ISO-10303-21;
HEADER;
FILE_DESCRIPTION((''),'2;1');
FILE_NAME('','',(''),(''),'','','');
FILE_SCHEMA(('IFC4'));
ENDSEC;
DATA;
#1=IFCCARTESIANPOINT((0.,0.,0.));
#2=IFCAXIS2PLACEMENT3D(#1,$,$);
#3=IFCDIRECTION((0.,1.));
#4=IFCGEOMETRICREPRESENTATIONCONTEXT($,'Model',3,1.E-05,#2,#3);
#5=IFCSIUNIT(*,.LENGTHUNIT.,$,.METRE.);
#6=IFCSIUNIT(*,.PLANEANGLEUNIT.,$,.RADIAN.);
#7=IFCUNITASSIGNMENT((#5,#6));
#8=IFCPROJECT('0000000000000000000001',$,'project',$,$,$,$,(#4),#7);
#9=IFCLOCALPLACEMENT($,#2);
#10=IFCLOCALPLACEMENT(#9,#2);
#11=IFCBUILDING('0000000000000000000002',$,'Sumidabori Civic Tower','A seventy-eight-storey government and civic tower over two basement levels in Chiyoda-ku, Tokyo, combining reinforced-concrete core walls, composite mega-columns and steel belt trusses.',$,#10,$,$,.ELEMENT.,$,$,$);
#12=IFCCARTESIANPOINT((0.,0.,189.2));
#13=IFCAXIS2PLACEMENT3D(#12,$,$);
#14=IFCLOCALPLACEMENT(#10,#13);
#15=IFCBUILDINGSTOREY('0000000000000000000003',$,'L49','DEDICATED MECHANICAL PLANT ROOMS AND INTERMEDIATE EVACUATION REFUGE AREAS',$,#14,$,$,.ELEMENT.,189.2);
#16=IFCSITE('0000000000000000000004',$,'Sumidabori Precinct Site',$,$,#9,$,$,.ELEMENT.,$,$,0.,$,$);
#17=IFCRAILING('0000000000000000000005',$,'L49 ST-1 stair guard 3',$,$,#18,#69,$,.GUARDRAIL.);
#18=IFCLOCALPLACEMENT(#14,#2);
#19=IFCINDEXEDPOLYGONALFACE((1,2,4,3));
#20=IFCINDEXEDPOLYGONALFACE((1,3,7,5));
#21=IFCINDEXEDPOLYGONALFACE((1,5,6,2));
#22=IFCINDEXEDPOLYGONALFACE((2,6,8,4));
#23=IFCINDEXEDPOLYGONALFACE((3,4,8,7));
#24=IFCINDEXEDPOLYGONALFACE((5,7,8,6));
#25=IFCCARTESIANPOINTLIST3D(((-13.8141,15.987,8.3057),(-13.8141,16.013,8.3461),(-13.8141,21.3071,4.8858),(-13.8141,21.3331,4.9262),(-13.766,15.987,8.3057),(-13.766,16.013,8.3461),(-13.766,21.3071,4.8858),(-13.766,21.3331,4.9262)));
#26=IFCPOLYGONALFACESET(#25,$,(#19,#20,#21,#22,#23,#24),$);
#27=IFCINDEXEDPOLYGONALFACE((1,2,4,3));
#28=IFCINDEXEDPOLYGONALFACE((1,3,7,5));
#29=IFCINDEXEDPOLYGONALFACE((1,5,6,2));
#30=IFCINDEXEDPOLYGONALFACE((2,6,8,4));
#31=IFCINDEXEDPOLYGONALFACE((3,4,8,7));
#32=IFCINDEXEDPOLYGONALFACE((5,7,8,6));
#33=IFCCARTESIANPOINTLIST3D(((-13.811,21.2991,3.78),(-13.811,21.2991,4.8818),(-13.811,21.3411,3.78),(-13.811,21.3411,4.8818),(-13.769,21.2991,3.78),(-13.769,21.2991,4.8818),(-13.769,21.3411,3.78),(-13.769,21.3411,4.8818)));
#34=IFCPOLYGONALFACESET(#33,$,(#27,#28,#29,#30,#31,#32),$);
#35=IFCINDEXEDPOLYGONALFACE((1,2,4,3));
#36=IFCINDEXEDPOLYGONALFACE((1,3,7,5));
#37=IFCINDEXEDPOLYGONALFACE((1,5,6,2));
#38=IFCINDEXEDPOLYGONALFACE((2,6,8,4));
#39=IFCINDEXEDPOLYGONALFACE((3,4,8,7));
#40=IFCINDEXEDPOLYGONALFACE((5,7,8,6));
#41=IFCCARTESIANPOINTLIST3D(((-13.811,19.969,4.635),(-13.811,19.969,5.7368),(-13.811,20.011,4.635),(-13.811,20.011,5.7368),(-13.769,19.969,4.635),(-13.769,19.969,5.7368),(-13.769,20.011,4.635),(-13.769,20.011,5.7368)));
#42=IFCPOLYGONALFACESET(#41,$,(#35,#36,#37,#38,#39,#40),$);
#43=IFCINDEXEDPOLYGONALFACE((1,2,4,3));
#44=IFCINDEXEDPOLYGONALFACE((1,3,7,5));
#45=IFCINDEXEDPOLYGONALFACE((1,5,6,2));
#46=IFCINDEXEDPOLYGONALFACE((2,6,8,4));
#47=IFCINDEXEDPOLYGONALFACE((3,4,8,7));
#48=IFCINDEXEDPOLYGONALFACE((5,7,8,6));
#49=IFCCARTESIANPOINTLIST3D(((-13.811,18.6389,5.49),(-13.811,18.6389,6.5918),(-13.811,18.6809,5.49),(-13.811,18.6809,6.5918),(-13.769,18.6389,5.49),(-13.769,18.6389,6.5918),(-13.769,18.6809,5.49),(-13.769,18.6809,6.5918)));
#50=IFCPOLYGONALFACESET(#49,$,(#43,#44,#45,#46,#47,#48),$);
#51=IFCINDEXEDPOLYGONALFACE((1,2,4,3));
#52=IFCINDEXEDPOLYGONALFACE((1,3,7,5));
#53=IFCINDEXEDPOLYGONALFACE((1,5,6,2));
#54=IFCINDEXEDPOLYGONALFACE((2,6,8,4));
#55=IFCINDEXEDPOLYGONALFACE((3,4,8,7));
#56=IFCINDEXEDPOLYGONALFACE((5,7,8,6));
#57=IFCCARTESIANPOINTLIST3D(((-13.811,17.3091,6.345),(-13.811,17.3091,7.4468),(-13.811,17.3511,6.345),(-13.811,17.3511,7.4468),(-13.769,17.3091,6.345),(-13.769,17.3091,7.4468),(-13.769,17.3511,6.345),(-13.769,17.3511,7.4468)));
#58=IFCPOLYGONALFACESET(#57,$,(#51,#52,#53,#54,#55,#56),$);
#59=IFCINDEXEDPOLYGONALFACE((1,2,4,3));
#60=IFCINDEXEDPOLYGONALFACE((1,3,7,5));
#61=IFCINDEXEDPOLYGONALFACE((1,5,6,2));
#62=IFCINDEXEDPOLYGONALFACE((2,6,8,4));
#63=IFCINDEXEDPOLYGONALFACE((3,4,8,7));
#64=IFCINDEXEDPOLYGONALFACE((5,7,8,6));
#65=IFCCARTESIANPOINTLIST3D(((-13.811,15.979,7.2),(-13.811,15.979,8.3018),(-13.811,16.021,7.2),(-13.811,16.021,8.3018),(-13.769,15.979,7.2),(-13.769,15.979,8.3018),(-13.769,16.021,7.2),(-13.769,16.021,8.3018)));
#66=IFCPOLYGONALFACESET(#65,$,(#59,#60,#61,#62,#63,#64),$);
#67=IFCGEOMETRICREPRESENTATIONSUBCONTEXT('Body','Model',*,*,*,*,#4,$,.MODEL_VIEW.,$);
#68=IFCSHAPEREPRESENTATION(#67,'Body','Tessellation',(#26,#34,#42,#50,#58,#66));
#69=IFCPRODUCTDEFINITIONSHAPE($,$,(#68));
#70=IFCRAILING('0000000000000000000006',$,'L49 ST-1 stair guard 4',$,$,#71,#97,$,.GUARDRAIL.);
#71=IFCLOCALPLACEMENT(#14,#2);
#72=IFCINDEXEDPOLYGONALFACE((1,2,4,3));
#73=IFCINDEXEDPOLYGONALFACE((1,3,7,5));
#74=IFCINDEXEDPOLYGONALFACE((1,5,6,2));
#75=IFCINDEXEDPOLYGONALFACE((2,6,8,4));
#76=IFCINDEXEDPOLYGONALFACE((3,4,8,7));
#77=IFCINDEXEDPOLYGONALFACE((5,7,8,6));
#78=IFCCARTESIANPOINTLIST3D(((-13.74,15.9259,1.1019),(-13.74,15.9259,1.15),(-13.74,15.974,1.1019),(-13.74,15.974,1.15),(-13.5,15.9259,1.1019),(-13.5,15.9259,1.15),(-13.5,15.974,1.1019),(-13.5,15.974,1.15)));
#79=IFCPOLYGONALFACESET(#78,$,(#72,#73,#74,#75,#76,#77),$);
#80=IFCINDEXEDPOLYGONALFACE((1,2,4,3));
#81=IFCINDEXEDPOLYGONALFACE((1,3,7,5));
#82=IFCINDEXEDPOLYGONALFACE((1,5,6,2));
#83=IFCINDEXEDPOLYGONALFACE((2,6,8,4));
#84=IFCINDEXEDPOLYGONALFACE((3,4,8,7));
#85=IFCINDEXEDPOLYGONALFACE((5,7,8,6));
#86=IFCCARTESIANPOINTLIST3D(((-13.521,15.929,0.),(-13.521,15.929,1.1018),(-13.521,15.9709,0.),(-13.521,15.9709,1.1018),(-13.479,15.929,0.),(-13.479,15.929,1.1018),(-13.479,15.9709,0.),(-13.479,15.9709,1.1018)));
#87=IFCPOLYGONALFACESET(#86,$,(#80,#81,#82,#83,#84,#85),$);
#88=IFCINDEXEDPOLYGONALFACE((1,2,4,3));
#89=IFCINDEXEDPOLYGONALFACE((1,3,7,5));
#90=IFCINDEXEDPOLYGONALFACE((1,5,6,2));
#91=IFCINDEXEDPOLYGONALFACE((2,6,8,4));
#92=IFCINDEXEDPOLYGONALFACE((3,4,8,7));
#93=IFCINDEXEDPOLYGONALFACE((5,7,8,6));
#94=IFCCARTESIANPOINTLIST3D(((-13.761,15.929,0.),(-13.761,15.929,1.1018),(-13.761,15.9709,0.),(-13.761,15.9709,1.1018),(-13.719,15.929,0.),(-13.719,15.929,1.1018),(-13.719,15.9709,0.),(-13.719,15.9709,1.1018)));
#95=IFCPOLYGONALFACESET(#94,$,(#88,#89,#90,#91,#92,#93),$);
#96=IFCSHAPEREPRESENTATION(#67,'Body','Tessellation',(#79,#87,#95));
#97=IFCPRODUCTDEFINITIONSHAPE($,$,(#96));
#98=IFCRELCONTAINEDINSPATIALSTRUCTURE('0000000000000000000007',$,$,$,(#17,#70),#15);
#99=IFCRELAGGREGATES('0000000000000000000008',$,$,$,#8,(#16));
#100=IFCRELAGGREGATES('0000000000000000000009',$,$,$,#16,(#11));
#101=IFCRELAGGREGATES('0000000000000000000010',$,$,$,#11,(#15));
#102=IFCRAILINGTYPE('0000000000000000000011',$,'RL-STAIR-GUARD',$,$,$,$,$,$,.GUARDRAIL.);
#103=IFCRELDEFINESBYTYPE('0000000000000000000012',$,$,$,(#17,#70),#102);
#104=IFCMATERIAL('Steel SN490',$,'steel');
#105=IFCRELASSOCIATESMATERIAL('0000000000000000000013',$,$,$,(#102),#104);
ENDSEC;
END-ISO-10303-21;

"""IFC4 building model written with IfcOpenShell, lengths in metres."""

from ifc_helpers import new_model, si_unit, direction, frame, origin, origin_2d, place, context, subcontext, project, spatial, rectangle, extrude, material, type_object, element, save


model = new_model("IFC4")

# Units and contexts
model_context = context("Model", 3, precision=1e-05, world=origin(), true_north=direction((0.0, 1.0)))
body_context = subcontext(model_context, "Body", "Model", "MODEL_VIEW")
ifc_project = project(units=[si_unit("LENGTHUNIT", "METRE"), si_unit("PLANEANGLEUNIT", "RADIAN")], contexts=[model_context])

# Site, building, storey
site_placement = place(None, origin())
site = spatial("IfcSite", under=ifc_project, at=site_placement, Name="Sumidabori Precinct Site", CompositionType="ELEMENT", RefElevation=0.0)
building_placement = place(site_placement, origin())
building = spatial("IfcBuilding", under=site, at=building_placement, Name="Sumidabori Civic Tower", Description="A seventy-eight-storey government and civic tower over two basement levels in Chiyoda-ku, Tokyo, combining reinforced-concrete core walls, composite mega-columns and steel belt trusses.", CompositionType="ELEMENT")
storey_placement = place(building_placement, frame((0.0, 0.0, 189.2)))
storey = spatial("IfcBuildingStorey", under=building, at=storey_placement, Name="L49", Description="DEDICATED MECHANICAL PLANT ROOMS AND INTERMEDIATE EVACUATION REFUGE AREAS", CompositionType="ELEMENT", Elevation=189.2)

# Shared definitions
ifc_material_1 = material(Name="Steel SN490", Category="steel")

# Railings
railing_type_1 = type_object("IfcRailingType", Name="RL-STAIR-GUARD", PredefinedType="GUARDRAIL", material=ifc_material_1)
railing_1_placement = place(storey_placement, frame((-13.79, 21.3201, 3.78)))
element("IfcRailing", 1, at=railing_1_placement, inside=storey, type_object=railing_type_1, Name="L49 ST-1 stair guard 3", PredefinedType="GUARDRAIL", context=body_context, shape_type="SweptSolid", body=[
    extrude(rectangle(XDim=0.0481, YDim=0.0481, at=origin_2d()), frame((0.0, 0.0, 1.126), z_axis=(0.0, -0.841187, 0.540744), x_axis=(1.0, 0.0, 0.0)), (0.0, 0.0, 1.0), 6.3245),
    extrude(rectangle(XDim=0.042, YDim=0.042, at=origin_2d()), origin(), (0.0, 0.0, 1.0), 1.1018),
    extrude(rectangle(XDim=0.042, YDim=0.042, at=origin_2d()), frame((0.0, -1.3301, 0.855)), (0.0, 0.0, 1.0), 1.1018),
    extrude(rectangle(XDim=0.042, YDim=0.042, at=origin_2d()), frame((0.0, -2.6602, 1.71)), (0.0, 0.0, 1.0), 1.1018),
    extrude(rectangle(XDim=0.042, YDim=0.042, at=origin_2d()), frame((0.0, -3.99, 2.5649)), (0.0, 0.0, 1.0), 1.1018),
    extrude(rectangle(XDim=0.042, YDim=0.042, at=origin_2d()), frame((0.0, -5.3201, 3.4199)), (0.0, 0.0, 1.0), 1.1018),
])
railing_2_placement = place(storey_placement, frame((-13.5, 15.95, 0.0)))
element("IfcRailing", 2, at=railing_2_placement, inside=storey, type_object=railing_type_1, Name="L49 ST-1 stair guard 4", PredefinedType="GUARDRAIL", context=body_context, shape_type="SweptSolid", body=[
    extrude(rectangle(XDim=0.0481, YDim=0.0481, at=origin_2d()), frame((0.0, 0.0, 1.126), z_axis=(-1.0, 0.0, 0.0), x_axis=(0.0, -1.0, 0.0)), (0.0, 0.0, 1.0), 0.24),
    extrude(rectangle(XDim=0.042, YDim=0.042, at=origin_2d()), origin(), (0.0, 0.0, 1.0), 1.1018),
    extrude(rectangle(XDim=0.042, YDim=0.042, at=origin_2d()), frame((-0.24, 0.0, 0.0)), (0.0, 0.0, 1.0), 1.1018),
])

save(model, "model.ifc")
